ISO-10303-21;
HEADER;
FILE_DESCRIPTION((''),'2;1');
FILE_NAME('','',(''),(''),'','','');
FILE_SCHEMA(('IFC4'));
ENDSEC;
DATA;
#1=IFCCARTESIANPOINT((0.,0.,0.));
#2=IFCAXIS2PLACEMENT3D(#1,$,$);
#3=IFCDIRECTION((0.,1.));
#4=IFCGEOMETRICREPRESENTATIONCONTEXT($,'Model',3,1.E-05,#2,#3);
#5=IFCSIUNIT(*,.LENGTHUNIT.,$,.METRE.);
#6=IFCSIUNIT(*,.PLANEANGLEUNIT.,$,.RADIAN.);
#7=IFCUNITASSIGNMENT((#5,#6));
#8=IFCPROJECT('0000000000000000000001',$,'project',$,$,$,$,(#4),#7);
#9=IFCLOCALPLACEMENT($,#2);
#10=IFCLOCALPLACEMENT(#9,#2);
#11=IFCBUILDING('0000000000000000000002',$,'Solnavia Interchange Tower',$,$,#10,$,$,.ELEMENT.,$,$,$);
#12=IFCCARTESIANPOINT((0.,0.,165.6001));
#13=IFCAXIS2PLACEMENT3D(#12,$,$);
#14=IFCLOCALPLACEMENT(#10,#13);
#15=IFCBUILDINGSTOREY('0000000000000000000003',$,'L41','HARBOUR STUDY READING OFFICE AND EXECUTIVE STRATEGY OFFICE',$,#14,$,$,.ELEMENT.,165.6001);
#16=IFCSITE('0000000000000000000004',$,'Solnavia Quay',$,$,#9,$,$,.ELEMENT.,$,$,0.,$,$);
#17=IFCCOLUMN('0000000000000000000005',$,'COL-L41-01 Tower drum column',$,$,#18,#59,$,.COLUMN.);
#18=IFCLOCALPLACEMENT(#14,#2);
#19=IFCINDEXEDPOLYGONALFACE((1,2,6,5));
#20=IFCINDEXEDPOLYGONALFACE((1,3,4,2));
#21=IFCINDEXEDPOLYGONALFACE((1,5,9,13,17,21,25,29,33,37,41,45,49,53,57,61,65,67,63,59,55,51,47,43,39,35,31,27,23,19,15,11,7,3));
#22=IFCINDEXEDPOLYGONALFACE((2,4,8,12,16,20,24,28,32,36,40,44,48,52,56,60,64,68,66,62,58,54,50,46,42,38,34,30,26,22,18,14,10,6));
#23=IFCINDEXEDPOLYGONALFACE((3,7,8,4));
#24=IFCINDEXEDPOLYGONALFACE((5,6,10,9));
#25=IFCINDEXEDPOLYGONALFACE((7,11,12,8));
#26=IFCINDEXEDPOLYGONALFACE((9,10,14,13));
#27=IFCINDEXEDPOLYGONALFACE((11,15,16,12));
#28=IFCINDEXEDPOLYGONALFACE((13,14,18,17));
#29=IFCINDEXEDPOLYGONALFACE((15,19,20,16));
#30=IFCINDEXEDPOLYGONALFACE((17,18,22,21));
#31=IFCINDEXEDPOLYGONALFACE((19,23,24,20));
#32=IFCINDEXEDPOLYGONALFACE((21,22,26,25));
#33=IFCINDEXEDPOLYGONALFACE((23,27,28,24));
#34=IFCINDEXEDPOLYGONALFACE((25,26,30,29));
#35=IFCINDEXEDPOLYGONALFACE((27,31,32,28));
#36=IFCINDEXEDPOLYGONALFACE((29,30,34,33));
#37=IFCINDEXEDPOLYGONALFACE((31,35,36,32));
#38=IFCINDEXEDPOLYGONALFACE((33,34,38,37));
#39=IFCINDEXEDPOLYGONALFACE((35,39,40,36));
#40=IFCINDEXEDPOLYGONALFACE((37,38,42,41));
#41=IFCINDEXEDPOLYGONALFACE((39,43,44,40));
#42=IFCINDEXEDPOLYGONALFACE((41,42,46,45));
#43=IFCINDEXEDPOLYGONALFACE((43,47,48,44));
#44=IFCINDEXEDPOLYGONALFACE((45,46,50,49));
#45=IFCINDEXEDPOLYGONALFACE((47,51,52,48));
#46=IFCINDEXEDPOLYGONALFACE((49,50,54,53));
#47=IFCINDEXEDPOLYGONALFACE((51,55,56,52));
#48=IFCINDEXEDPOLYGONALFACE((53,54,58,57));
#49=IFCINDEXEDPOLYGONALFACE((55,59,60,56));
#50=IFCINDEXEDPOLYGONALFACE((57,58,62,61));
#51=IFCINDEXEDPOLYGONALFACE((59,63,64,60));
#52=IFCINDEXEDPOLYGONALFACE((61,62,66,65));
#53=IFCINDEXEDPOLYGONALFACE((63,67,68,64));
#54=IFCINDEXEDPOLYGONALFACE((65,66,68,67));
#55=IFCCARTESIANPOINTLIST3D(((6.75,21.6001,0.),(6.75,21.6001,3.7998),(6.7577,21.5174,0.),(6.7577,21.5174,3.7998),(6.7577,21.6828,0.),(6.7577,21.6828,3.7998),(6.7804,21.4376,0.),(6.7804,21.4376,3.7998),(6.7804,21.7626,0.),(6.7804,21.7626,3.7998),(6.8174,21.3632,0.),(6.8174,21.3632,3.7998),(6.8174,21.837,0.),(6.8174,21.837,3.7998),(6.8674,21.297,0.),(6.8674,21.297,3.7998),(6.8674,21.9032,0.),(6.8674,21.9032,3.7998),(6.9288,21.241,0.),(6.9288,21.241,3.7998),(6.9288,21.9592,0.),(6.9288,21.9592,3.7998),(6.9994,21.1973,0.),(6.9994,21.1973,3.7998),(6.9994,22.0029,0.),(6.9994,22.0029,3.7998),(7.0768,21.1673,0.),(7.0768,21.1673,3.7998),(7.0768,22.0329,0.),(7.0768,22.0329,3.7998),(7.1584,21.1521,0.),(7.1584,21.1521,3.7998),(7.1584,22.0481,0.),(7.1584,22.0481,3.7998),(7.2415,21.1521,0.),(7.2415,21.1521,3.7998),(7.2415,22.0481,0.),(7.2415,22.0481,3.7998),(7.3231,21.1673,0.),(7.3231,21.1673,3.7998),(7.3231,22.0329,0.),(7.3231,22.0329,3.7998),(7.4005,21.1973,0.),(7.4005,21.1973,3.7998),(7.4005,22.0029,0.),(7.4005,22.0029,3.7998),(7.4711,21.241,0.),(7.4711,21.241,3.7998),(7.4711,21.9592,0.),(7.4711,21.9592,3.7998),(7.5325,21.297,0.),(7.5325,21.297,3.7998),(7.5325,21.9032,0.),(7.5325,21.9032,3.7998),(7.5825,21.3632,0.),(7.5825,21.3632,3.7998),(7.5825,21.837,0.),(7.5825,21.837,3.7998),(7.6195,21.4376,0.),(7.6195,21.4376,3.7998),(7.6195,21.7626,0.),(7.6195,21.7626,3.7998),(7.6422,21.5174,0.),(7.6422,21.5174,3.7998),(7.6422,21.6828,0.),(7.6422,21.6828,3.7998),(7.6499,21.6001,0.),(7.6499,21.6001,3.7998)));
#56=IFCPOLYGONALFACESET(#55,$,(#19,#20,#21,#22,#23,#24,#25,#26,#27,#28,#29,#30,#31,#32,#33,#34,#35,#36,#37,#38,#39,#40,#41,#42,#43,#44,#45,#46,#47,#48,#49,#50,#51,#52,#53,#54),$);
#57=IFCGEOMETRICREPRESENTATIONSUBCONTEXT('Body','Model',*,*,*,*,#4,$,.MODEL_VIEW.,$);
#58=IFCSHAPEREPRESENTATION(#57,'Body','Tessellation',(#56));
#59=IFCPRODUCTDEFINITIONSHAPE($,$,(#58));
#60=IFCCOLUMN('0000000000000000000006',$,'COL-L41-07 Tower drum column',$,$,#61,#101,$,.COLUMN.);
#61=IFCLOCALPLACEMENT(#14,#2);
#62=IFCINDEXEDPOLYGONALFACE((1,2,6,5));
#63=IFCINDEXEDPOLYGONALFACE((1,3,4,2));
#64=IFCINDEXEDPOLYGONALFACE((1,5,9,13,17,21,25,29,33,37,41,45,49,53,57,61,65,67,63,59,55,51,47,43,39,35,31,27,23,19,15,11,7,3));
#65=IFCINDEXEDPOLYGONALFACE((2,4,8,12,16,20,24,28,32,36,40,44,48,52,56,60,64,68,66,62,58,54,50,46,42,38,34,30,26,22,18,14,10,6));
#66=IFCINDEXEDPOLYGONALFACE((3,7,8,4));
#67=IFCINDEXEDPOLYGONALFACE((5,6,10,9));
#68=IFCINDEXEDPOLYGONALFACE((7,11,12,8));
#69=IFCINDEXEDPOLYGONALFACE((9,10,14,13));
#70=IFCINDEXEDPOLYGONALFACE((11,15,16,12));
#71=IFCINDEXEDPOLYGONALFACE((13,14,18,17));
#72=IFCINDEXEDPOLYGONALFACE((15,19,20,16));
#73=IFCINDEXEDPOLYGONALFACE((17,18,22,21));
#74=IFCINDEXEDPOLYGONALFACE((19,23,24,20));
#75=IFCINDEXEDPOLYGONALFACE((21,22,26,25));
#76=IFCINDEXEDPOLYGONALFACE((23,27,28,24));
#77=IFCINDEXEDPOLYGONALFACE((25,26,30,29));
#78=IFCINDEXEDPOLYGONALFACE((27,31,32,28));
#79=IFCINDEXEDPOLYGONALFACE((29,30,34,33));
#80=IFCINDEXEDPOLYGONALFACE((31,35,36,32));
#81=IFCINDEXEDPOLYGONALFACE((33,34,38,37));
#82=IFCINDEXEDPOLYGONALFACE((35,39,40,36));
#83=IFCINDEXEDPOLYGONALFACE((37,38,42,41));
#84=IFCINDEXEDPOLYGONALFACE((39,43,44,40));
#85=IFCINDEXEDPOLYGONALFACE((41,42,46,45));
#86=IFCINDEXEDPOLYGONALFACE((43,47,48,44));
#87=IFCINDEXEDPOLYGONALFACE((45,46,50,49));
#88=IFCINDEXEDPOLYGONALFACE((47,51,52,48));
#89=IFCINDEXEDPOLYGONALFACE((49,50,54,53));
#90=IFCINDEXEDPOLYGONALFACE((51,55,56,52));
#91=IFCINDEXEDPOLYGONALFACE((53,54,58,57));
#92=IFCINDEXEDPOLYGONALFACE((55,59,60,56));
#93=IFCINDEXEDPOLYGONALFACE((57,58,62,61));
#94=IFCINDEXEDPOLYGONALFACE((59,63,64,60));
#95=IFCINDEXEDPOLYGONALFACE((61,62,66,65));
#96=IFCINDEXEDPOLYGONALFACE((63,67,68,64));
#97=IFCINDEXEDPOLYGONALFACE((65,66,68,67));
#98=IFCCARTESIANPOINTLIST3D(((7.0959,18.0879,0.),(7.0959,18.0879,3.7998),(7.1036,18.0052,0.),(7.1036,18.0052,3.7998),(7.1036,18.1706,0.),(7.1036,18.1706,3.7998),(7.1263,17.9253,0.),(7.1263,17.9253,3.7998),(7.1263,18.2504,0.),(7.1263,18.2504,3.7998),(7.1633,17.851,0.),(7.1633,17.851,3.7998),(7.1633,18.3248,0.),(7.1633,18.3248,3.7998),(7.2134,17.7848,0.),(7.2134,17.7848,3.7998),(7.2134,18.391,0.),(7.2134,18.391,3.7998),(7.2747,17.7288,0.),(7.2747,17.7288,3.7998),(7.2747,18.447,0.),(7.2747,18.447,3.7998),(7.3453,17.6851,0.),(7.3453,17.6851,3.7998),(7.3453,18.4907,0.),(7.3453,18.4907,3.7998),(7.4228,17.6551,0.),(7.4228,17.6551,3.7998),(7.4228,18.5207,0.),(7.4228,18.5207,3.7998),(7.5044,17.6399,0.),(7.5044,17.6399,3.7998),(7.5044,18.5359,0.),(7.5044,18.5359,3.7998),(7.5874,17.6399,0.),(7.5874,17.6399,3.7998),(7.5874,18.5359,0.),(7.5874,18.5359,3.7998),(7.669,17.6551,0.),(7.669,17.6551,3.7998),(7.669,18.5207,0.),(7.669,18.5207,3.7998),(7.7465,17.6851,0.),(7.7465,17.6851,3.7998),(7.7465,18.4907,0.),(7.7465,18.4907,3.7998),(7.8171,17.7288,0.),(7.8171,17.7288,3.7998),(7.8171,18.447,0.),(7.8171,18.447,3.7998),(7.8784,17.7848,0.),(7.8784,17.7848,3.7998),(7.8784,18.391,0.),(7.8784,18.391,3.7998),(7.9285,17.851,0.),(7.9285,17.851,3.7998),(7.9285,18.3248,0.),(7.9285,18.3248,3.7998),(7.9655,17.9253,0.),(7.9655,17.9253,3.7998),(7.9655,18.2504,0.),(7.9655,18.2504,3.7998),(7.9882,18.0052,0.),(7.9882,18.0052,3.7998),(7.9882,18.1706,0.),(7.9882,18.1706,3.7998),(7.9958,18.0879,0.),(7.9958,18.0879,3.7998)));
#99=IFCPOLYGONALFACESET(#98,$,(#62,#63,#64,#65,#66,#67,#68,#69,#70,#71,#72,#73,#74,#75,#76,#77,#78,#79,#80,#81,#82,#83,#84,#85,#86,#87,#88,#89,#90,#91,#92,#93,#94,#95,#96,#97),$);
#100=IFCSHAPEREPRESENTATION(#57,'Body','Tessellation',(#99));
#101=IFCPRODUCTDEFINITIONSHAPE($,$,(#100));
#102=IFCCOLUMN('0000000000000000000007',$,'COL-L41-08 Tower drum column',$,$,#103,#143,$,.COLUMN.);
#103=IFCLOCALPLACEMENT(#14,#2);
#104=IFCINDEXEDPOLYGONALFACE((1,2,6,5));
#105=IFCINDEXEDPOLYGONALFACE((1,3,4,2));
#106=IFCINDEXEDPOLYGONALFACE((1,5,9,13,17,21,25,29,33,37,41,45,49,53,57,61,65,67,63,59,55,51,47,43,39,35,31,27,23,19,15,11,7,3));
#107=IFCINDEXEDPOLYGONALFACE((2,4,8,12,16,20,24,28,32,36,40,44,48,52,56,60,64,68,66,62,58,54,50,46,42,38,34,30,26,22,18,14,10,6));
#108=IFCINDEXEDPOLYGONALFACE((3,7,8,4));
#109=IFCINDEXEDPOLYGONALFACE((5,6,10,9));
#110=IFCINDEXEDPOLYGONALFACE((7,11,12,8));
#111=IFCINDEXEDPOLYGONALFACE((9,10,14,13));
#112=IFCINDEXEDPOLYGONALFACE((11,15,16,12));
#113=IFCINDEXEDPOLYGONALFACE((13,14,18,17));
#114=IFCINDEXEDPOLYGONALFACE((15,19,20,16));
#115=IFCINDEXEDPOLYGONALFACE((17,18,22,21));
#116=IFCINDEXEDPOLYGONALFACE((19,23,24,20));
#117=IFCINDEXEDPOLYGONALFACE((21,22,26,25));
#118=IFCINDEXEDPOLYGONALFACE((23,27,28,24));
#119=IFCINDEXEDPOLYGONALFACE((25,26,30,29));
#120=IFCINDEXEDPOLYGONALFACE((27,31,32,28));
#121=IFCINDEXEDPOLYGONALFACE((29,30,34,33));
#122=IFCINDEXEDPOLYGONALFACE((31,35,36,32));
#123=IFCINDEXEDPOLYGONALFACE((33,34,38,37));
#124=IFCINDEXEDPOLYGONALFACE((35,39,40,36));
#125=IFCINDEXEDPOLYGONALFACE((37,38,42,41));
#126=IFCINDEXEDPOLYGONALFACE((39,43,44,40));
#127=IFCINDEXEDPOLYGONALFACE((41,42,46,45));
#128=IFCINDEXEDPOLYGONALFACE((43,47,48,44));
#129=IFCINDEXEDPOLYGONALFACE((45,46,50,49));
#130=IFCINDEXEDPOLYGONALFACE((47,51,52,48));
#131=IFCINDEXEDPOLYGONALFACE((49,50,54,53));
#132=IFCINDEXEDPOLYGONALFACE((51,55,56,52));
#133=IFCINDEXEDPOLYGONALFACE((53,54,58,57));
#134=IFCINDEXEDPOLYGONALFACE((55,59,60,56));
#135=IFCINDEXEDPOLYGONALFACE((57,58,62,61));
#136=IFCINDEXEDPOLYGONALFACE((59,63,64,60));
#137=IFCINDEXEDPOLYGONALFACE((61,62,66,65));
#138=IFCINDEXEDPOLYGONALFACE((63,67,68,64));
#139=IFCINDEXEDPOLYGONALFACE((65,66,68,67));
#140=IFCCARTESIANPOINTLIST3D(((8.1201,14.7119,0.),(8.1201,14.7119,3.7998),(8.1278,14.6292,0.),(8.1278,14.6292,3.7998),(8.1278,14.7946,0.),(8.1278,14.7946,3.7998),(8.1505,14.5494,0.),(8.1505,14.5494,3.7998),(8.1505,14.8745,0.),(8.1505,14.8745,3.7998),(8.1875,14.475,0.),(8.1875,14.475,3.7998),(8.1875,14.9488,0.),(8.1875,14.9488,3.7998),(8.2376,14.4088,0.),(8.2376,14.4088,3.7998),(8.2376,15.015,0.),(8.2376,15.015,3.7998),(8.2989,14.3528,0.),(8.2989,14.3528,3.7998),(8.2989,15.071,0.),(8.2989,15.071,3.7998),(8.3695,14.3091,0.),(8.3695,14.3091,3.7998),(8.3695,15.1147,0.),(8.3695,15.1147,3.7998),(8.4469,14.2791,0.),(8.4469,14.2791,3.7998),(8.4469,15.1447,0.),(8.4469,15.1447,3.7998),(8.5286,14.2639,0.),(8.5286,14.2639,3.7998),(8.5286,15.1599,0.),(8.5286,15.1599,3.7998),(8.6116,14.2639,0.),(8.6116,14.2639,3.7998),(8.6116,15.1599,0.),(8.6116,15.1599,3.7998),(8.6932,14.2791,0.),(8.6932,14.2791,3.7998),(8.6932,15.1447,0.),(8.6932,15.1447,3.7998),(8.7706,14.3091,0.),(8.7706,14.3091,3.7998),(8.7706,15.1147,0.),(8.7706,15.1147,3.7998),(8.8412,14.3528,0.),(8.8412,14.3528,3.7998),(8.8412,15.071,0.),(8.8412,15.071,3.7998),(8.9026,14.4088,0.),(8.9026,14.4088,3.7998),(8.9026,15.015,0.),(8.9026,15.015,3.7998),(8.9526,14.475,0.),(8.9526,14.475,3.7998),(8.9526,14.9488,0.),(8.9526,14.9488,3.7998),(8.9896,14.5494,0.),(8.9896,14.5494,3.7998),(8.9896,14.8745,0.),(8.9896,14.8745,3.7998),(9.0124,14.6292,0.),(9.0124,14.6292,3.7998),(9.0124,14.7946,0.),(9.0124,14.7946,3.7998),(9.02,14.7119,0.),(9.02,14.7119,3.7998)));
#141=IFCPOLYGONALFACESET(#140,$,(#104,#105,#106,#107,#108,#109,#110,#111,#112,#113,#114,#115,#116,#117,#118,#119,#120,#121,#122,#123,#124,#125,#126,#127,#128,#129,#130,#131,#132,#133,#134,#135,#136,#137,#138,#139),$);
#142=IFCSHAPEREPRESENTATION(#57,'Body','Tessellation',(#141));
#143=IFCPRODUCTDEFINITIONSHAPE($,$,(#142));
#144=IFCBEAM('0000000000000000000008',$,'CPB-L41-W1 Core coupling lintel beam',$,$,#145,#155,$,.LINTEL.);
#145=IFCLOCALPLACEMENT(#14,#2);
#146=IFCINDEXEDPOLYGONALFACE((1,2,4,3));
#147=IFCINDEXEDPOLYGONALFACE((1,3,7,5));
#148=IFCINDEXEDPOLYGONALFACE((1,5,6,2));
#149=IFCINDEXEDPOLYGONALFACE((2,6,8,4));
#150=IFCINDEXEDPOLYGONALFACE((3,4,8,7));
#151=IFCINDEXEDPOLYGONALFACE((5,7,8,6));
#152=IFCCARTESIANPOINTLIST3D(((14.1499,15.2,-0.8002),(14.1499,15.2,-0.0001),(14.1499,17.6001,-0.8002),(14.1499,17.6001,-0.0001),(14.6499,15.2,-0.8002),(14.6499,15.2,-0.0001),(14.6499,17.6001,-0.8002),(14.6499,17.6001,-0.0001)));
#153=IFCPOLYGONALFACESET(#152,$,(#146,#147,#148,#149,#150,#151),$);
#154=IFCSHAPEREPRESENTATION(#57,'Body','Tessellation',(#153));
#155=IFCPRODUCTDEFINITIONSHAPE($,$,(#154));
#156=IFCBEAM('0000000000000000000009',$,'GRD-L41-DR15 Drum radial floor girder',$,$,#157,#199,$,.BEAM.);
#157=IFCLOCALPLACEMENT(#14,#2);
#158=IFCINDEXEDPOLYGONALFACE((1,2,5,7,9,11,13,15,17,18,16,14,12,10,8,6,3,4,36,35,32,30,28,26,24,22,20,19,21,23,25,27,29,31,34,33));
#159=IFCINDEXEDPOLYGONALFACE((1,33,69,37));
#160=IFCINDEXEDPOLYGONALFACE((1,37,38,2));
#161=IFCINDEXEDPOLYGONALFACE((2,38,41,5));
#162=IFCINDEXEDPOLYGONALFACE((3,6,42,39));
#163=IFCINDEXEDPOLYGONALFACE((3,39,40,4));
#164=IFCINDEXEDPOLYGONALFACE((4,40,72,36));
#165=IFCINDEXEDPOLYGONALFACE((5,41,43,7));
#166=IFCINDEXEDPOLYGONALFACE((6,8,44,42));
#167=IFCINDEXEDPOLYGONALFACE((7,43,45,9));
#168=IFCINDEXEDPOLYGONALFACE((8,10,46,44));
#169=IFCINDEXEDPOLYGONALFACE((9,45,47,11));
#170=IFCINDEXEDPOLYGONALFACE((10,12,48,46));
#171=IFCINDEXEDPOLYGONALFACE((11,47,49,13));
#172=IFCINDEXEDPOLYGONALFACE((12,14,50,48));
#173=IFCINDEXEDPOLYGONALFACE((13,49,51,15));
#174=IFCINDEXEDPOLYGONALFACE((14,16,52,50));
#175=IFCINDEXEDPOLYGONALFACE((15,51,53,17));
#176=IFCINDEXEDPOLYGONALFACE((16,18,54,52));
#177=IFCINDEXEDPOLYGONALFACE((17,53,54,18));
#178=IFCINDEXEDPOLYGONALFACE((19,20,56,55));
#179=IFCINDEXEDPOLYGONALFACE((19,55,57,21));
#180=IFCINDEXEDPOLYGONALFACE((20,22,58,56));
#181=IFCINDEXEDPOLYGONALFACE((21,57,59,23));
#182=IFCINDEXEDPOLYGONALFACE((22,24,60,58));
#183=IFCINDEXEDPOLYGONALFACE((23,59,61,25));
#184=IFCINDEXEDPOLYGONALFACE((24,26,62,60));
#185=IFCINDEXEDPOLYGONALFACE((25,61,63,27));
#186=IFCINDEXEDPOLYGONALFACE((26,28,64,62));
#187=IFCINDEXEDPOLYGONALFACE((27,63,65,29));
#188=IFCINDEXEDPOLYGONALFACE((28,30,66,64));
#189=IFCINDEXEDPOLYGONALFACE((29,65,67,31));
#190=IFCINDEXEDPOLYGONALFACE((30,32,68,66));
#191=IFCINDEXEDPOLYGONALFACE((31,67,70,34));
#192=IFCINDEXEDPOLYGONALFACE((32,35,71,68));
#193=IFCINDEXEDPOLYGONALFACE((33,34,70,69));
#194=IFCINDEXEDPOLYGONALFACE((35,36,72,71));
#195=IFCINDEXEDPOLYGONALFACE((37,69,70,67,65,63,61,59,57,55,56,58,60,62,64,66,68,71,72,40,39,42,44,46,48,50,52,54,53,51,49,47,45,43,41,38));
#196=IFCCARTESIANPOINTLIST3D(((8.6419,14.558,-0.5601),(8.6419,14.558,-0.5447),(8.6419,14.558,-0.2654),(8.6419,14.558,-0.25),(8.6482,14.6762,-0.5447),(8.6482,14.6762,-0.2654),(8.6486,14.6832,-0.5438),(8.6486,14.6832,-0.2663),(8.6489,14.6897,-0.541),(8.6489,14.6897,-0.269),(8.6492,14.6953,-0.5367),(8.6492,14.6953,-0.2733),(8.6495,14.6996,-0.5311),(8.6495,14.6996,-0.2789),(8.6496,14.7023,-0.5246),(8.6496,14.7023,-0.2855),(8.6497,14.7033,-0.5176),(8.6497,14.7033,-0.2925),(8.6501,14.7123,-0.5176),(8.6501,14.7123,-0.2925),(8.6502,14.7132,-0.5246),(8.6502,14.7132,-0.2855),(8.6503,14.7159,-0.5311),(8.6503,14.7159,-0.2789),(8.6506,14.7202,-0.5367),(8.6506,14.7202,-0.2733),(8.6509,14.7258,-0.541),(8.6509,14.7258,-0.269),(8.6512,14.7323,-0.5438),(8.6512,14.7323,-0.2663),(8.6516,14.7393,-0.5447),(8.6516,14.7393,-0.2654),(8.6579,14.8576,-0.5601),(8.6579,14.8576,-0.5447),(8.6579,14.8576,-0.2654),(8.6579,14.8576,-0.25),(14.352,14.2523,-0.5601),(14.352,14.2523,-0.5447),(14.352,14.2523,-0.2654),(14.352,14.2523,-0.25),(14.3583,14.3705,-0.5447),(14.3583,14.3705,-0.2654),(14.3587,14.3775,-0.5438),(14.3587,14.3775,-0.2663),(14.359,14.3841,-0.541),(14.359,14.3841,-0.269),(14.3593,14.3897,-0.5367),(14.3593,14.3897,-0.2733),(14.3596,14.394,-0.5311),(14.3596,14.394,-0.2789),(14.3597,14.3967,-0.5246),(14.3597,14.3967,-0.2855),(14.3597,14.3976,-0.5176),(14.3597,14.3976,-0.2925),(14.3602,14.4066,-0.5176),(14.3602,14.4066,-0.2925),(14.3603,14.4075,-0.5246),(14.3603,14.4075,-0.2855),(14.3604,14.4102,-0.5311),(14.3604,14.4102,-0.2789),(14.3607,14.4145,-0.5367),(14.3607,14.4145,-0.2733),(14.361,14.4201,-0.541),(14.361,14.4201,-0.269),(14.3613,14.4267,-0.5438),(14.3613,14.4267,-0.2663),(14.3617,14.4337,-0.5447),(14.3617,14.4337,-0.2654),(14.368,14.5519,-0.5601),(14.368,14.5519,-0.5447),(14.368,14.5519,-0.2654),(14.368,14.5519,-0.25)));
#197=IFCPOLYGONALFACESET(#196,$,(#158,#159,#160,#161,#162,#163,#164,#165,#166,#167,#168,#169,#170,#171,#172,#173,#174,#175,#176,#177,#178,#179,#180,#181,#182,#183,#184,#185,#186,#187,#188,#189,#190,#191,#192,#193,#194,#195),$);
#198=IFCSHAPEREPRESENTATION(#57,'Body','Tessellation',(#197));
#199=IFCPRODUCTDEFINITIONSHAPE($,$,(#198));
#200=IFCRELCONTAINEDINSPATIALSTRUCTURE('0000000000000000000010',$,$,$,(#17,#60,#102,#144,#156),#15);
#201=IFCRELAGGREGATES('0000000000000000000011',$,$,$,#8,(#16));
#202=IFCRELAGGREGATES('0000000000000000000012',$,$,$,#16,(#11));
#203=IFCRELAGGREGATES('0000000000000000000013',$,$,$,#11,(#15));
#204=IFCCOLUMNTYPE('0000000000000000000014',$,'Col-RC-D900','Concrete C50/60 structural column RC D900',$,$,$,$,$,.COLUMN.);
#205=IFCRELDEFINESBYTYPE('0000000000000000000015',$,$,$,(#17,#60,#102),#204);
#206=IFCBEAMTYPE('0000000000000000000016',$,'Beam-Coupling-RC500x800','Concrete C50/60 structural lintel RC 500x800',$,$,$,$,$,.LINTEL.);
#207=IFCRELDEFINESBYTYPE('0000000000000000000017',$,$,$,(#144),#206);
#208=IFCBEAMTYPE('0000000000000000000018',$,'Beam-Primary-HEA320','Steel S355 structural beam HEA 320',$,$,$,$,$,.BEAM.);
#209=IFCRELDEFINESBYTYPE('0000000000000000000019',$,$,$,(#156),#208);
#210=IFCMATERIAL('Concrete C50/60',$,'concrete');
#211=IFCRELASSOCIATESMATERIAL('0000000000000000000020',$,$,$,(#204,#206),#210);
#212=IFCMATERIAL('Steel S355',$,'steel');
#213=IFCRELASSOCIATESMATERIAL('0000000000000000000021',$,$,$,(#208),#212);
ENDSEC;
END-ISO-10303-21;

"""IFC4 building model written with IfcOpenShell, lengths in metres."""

from ifc_helpers import new_model, si_unit, direction, frame, origin, origin_2d, place, context, subcontext, project, spatial, rectangle, circle, i_section, extrude, material, material_profile, profile_set, type_object, element, save


model = new_model("IFC4")

# Units and contexts
model_context = context("Model", 3, precision=1e-05, world=origin(), true_north=direction((0.0, 1.0)))
body_context = subcontext(model_context, "Body", "Model", "MODEL_VIEW")
ifc_project = project(units=[si_unit("LENGTHUNIT", "METRE"), si_unit("PLANEANGLEUNIT", "RADIAN")], contexts=[model_context])

# Site, building, storey
site_placement = place(None, origin())
site = spatial("IfcSite", under=ifc_project, at=site_placement, Name="Solnavia Quay", CompositionType="ELEMENT", RefElevation=0.0)
building_placement = place(site_placement, origin())
building = spatial("IfcBuilding", under=site, at=building_placement, Name="Solnavia Interchange Tower", CompositionType="ELEMENT")
storey_placement = place(building_placement, frame((0.0, 0.0, 165.6001)))
storey = spatial("IfcBuildingStorey", under=building, at=storey_placement, Name="L41", Description="HARBOUR STUDY READING OFFICE AND EXECUTIVE STRATEGY OFFICE", CompositionType="ELEMENT", Elevation=165.6001)

# Columns
ifc_material_1 = material(Name="Concrete C50/60", Category="concrete")
ifc_material_profile_1 = material_profile(ifc_material_1, circle(Radius=0.45, at=origin_2d()), Name="RC D900")
ifc_profile_set_1 = profile_set([ifc_material_profile_1], Name="Concrete C50/60")
column_type = type_object("IfcColumnType", Name="Col-RC-D900", Description="Concrete C50/60 structural column RC D900", PredefinedType="COLUMN", material=ifc_profile_set_1)
for number, where, z_axis, x_axis, name in (
    (1, (7.2, 21.6001, 0.0), (0.0, 0.0, 1.0), (1.0, 0.0, 0.0), "COL-L41-01 Tower drum column"),
    (2, (7.5459, 18.0879, 0.0), (0.0, 0.0, 1.0), (1.0, 0.0, 0.0), "COL-L41-07 Tower drum column"),
    (3, (8.5701, 14.7119, 0.0), (0.0, 0.0, 1.0), (1.0, 0.0, 0.0), "COL-L41-08 Tower drum column"),
):
    element("IfcColumn", number, at=place(storey_placement, frame(where, z_axis=z_axis, x_axis=x_axis)), inside=storey, type_object=column_type, Name=name, PredefinedType="COLUMN", context=body_context, shape_type="SweptSolid", body=[
        extrude(circle(Radius=0.45, at=origin_2d()), origin(), (0.0, 0.0, 1.0), 3.7998),
    ])

# Beams
ifc_material_profile_2 = material_profile(ifc_material_1, rectangle(XDim=0.5, YDim=0.8, at=origin_2d()), Name="RC 500x800")
ifc_profile_set_2 = profile_set([ifc_material_profile_2], Name="Concrete C50/60")
beam_type_1 = type_object("IfcBeamType", Name="Beam-Coupling-RC500x800", Description="Concrete C50/60 structural lintel RC 500x800", PredefinedType="LINTEL", material=ifc_profile_set_2)
beam_1_placement = place(storey_placement, frame((14.3999, 15.2, -0.4001), z_axis=(0.0, 1.0, 0.0), x_axis=(-1.0, 0.0, 0.0)))
element("IfcBeam", 4, at=beam_1_placement, inside=storey, type_object=beam_type_1, Name="CPB-L41-W1 Core coupling lintel beam", PredefinedType="LINTEL", context=body_context, shape_type="SweptSolid", body=[
    extrude(rectangle(XDim=0.5, YDim=0.8, at=origin_2d()), origin(), (0.0, 0.0, 1.0), 2.4001),
])
ifc_material_2 = material(Name="Steel S355", Category="steel")
ifc_material_profile_3 = material_profile(ifc_material_2, i_section(OverallWidth=0.3, OverallDepth=0.3101, WebThickness=0.009, FlangeThickness=0.0154, FilletRadius=0.0271, at=origin_2d()), Name="HEA 320")
ifc_profile_set_3 = profile_set([ifc_material_profile_3], Name="Steel S355")
beam_type_2 = type_object("IfcBeamType", Name="Beam-Primary-HEA320", Description="Steel S355 structural beam HEA 320", PredefinedType="BEAM", material=ifc_profile_set_3)
beam_2_placement = place(storey_placement, frame((8.6499, 14.7078, -0.405), z_axis=(0.99857, -0.053453, 0.0), x_axis=(0.053453, 0.99857, 0.0)))
element("IfcBeam", 5, at=beam_2_placement, inside=storey, type_object=beam_type_2, Name="GRD-L41-DR15 Drum radial floor girder", PredefinedType="BEAM", context=body_context, shape_type="SweptSolid", body=[
    extrude(i_section(OverallWidth=0.3, OverallDepth=0.3101, WebThickness=0.009, FlangeThickness=0.0154, FilletRadius=0.0271, at=origin_2d()), origin(), (0.0, 0.0, 1.0), 5.7183),
])

save(model, "model.ifc")
